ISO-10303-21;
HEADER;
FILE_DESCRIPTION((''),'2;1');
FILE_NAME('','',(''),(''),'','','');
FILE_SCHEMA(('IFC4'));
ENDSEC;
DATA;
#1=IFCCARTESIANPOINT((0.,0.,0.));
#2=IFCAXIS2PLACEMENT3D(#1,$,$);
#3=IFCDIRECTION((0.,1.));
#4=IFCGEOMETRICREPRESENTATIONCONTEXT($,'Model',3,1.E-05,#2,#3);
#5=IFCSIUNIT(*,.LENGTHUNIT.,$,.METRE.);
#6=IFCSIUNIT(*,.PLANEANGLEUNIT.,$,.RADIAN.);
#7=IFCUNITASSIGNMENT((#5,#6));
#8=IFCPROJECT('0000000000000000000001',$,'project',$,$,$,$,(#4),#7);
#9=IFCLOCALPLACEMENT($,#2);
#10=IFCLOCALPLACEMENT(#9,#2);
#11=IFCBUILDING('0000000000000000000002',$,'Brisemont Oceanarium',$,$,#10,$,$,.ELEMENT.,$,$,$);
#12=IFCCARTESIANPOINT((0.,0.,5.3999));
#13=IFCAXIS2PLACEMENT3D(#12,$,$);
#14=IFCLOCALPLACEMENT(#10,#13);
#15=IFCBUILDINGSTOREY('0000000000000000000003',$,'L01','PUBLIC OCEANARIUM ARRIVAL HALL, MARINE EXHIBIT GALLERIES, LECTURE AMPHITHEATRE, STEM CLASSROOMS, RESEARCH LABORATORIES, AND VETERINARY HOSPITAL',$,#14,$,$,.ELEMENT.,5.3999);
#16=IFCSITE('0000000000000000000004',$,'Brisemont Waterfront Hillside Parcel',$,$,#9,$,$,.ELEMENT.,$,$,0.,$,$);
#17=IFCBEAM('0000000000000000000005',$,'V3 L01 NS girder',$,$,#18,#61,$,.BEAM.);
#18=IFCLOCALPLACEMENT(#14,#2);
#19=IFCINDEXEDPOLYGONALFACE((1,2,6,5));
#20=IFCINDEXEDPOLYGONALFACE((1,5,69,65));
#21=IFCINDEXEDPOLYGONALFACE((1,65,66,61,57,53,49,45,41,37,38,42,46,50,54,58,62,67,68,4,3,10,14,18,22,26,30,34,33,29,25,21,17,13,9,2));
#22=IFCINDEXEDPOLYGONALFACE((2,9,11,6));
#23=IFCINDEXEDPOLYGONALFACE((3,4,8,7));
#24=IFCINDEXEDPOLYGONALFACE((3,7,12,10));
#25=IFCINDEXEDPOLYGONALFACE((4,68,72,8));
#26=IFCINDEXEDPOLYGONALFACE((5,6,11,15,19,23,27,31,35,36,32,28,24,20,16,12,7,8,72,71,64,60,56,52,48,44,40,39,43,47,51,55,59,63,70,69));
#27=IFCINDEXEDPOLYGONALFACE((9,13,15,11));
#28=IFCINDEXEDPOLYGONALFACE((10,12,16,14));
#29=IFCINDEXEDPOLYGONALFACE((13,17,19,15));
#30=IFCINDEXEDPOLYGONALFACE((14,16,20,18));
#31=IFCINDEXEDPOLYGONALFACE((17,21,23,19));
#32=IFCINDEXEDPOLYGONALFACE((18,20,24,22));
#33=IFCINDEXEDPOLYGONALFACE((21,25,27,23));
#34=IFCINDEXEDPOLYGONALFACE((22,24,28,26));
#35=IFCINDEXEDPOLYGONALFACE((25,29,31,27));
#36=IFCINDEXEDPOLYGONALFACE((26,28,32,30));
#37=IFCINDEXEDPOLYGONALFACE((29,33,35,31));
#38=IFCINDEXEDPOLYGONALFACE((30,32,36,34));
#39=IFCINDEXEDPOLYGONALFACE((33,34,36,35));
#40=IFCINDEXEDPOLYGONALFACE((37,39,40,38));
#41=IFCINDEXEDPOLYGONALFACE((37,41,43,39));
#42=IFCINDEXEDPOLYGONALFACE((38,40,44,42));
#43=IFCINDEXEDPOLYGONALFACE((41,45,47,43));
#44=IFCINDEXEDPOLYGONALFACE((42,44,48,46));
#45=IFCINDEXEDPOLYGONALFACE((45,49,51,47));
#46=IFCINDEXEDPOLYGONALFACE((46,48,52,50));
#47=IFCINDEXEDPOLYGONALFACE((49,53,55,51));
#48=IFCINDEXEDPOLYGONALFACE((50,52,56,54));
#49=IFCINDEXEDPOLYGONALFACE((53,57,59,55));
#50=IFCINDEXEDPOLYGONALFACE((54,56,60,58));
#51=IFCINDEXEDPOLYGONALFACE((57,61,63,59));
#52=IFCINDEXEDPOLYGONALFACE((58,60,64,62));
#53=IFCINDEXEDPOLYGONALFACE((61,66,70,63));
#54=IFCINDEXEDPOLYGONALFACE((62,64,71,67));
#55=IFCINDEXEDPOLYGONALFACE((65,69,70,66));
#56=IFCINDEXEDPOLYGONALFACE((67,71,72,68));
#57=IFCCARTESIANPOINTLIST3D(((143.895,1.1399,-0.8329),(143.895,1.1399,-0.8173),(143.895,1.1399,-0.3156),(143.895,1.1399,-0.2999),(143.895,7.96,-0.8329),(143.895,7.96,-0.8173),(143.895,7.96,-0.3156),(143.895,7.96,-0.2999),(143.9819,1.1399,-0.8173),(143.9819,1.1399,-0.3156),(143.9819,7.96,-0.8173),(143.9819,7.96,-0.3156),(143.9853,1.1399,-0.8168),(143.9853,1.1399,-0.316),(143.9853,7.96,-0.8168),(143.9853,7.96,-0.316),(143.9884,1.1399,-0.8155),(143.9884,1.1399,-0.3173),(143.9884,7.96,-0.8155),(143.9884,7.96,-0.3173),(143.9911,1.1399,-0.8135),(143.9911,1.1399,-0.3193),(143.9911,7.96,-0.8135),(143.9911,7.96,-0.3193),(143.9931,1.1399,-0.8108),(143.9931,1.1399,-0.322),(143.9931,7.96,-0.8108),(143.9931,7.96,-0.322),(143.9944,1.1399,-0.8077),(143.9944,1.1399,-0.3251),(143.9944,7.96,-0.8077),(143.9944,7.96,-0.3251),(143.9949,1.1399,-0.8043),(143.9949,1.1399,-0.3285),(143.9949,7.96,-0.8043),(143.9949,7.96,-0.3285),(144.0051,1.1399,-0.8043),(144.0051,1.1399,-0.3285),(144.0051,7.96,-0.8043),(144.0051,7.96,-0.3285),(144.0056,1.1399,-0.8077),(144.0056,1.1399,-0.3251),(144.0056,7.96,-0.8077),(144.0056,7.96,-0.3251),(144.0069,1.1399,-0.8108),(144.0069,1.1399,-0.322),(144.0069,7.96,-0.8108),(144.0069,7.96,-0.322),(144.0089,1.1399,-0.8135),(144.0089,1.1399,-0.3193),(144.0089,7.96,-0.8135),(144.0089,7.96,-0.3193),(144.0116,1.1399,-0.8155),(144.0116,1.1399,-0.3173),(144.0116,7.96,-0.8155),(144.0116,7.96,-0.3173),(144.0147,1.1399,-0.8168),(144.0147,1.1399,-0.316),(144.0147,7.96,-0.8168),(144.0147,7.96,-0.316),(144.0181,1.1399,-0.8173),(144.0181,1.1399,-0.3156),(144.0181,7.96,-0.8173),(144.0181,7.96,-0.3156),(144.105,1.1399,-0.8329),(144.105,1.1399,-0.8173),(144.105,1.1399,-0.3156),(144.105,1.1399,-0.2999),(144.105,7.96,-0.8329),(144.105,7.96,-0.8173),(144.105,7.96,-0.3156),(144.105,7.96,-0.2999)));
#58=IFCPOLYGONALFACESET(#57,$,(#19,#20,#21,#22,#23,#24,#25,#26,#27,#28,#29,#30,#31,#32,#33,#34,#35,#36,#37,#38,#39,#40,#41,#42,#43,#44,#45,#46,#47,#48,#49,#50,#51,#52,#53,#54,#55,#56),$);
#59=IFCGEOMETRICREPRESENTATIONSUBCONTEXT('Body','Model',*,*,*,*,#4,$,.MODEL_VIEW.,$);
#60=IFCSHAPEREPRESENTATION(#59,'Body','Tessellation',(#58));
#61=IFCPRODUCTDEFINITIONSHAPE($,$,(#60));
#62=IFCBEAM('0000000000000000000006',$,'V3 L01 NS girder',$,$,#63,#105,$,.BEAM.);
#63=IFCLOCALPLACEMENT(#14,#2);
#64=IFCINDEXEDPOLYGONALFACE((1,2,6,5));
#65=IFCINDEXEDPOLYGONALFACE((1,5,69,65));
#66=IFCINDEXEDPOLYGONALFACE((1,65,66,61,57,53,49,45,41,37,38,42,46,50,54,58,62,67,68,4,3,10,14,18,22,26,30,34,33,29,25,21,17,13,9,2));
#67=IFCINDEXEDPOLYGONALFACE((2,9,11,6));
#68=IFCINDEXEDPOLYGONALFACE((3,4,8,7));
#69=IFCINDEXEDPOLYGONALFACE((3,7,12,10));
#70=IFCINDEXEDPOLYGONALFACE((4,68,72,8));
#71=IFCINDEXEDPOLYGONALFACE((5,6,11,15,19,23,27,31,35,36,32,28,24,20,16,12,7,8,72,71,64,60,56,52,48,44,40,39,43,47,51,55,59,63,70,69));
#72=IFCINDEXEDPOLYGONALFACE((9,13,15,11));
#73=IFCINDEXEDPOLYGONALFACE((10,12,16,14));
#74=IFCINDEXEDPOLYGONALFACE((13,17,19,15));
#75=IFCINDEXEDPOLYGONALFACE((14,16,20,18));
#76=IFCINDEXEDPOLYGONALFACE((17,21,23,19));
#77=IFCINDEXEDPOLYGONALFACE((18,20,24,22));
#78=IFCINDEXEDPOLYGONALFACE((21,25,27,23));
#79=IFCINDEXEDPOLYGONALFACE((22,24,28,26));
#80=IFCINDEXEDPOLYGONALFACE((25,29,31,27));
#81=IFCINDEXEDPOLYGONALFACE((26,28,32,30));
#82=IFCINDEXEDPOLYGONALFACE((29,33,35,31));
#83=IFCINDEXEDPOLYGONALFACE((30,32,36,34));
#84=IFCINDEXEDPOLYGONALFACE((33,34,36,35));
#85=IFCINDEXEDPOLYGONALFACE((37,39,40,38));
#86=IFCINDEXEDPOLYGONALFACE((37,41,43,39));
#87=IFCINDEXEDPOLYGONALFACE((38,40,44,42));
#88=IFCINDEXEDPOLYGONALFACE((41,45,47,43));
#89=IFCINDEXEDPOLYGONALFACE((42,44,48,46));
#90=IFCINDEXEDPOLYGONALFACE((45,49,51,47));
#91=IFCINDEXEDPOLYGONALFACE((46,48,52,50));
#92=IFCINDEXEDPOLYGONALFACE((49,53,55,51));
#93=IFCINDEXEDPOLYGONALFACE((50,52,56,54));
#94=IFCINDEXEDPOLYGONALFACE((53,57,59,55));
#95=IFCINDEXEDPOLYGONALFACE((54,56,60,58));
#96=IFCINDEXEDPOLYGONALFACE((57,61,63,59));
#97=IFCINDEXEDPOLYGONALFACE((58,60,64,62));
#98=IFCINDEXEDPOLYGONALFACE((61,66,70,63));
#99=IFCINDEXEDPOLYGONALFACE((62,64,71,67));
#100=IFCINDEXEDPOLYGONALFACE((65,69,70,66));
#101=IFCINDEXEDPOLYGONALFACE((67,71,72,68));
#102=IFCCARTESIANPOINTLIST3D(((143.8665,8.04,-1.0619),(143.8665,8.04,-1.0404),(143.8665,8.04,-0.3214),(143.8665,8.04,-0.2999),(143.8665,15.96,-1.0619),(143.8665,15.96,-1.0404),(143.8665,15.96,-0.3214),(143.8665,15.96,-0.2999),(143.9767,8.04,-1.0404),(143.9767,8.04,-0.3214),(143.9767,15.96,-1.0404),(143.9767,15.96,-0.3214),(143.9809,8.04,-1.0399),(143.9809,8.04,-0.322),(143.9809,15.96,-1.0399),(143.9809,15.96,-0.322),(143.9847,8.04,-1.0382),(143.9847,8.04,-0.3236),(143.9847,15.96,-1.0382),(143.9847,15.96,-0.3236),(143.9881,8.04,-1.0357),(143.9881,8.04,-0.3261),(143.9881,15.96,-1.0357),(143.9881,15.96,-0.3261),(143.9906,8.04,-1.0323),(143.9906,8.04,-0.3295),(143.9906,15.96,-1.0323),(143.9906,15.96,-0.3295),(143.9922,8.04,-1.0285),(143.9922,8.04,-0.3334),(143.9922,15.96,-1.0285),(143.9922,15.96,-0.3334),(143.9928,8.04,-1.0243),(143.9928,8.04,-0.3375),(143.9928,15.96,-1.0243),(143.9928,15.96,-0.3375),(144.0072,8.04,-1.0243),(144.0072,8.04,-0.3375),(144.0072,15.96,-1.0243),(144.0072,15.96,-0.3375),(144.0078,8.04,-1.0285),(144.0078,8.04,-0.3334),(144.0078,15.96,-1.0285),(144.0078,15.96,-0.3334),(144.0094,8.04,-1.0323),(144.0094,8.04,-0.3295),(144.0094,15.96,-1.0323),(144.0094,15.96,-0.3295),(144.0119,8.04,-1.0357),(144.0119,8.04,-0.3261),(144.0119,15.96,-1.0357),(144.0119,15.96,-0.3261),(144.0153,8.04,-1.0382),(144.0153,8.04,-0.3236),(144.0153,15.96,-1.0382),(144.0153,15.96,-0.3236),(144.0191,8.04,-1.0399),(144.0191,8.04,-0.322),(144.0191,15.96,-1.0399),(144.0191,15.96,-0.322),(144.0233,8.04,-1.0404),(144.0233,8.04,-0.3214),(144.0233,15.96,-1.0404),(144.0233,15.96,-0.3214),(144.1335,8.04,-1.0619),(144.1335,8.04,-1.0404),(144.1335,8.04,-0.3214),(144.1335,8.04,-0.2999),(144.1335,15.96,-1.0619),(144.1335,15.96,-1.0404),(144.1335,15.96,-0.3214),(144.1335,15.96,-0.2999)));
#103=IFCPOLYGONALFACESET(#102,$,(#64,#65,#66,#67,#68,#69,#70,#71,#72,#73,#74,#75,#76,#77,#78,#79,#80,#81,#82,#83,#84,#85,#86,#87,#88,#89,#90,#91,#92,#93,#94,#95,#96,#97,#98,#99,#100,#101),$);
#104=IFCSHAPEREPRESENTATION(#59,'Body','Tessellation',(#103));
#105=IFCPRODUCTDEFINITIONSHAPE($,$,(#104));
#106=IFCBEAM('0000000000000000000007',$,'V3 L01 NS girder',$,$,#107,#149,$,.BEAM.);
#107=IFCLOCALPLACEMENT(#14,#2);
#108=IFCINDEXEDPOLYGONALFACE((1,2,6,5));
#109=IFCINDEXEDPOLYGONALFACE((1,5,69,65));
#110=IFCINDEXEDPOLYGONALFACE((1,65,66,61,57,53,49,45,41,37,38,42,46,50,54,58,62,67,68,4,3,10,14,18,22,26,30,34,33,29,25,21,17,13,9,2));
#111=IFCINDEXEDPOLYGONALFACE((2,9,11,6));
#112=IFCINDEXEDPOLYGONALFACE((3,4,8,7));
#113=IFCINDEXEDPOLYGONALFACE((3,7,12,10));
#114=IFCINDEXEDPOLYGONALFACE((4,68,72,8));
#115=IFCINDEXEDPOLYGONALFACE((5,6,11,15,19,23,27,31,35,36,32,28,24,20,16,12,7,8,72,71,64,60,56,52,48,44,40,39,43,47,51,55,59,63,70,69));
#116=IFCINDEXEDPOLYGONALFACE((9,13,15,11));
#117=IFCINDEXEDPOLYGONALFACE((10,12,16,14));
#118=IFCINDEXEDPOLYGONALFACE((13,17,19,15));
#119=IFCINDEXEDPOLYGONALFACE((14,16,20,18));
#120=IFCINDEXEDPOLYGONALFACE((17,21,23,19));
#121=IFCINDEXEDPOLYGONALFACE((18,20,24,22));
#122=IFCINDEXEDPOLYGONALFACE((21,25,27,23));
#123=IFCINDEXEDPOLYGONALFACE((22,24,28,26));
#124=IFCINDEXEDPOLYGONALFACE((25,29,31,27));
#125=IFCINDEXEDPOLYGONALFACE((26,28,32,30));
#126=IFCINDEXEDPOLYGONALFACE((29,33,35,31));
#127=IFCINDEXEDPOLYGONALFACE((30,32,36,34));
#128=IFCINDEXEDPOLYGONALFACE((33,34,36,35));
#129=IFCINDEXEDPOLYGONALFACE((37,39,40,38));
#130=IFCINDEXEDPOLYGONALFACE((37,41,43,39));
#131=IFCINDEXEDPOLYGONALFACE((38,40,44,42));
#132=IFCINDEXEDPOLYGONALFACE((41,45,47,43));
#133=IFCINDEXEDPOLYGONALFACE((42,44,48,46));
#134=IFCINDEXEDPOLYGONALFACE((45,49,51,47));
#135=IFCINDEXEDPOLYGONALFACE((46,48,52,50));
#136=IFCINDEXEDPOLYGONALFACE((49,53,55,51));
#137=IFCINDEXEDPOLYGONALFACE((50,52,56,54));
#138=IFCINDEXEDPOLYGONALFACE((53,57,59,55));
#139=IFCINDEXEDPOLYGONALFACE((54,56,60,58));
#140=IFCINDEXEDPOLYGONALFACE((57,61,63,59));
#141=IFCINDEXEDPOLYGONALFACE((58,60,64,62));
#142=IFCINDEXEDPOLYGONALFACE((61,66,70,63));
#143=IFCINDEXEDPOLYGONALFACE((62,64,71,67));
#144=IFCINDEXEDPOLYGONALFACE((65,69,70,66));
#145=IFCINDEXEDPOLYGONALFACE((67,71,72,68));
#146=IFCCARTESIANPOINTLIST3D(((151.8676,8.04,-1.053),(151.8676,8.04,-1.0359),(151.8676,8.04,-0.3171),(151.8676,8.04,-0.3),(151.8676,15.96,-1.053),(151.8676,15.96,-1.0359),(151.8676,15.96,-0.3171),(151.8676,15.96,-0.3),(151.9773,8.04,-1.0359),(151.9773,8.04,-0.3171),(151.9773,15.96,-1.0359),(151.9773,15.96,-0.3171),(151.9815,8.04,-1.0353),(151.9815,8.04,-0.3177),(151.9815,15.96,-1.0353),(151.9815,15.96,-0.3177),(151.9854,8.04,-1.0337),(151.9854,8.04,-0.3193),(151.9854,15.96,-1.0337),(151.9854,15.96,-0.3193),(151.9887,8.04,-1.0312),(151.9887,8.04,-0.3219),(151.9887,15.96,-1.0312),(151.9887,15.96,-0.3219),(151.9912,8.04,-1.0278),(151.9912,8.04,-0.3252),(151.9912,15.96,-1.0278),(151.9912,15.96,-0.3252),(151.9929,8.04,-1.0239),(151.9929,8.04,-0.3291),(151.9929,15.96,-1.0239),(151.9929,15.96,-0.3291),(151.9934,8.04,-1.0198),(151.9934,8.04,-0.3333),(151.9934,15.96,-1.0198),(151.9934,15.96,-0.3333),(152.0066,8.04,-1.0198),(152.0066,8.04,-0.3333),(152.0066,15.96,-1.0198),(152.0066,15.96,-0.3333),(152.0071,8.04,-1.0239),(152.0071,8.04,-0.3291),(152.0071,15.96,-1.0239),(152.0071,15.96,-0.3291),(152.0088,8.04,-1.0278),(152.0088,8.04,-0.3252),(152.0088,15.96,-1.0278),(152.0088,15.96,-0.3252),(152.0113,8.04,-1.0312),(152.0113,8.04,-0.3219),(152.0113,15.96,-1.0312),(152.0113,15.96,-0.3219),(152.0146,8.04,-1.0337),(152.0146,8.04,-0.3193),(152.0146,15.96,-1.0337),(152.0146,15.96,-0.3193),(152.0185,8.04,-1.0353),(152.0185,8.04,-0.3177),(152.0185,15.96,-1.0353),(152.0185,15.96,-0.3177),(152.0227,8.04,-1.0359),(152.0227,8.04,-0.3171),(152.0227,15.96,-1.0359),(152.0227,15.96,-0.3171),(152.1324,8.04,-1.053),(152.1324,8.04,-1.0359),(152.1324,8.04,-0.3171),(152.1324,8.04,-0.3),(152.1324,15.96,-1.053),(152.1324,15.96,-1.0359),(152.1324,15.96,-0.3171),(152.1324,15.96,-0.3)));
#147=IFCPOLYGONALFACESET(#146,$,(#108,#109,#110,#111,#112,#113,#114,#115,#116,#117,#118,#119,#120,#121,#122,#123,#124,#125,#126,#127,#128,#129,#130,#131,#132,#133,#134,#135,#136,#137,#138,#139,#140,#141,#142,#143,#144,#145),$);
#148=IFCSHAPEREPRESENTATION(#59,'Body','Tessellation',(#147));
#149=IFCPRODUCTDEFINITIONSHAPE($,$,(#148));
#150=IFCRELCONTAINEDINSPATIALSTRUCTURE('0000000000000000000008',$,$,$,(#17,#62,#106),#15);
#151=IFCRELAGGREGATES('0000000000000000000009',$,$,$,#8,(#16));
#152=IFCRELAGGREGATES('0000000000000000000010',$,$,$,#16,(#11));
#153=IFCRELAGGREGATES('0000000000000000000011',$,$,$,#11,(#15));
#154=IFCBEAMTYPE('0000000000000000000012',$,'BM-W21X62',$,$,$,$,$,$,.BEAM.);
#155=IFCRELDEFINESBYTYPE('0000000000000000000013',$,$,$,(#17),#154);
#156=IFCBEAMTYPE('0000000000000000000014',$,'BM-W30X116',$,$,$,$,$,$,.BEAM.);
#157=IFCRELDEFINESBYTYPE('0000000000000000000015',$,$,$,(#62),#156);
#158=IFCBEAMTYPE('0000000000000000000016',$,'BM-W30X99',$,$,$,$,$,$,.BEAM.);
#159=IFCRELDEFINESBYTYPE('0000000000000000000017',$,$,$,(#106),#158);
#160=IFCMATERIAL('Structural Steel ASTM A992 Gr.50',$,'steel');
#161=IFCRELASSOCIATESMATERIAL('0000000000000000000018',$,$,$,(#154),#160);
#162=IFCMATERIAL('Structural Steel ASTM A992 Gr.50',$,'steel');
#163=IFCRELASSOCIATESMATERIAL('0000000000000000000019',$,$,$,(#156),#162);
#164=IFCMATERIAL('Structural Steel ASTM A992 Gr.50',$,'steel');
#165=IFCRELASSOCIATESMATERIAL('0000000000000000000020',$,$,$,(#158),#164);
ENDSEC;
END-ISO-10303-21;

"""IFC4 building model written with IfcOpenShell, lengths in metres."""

from ifc_helpers import new_model, si_unit, direction, frame, origin, origin_2d, place, context, subcontext, project, spatial, i_section, extrude, material, material_profile, profile_set, type_object, element, save


model = new_model("IFC4")

# Units and contexts
model_context = context("Model", 3, precision=1e-05, world=origin(), true_north=direction((0.0, 1.0)))
body_context = subcontext(model_context, "Body", "Model", "MODEL_VIEW")
ifc_project = project(units=[si_unit("LENGTHUNIT", "METRE"), si_unit("PLANEANGLEUNIT", "RADIAN")], contexts=[model_context])

# Site, building, storey
site_placement = place(None, origin())
site = spatial("IfcSite", under=ifc_project, at=site_placement, Name="Brisemont Waterfront Hillside Parcel", CompositionType="ELEMENT", RefElevation=0.0)
building_placement = place(site_placement, origin())
building = spatial("IfcBuilding", under=site, at=building_placement, Name="Brisemont Oceanarium", CompositionType="ELEMENT")
storey_placement = place(building_placement, frame((0.0, 0.0, 5.3999)))
storey = spatial("IfcBuildingStorey", under=building, at=storey_placement, Name="L01", Description="PUBLIC OCEANARIUM ARRIVAL HALL, MARINE EXHIBIT GALLERIES, LECTURE AMPHITHEATRE, STEM CLASSROOMS, RESEARCH LABORATORIES, AND VETERINARY HOSPITAL", CompositionType="ELEMENT", Elevation=5.3999)

# Beams
ifc_material_1 = material(Name="Structural Steel ASTM A992 Gr.50", Category="steel")
ifc_material_profile_1 = material_profile(ifc_material_1, i_section(OverallWidth=0.21, OverallDepth=0.533, WebThickness=0.0103, FlangeThickness=0.0156, FilletRadius=0.0129, at=origin_2d()), Name="W21X62")
ifc_profile_set_1 = profile_set([ifc_material_profile_1], Name="Structural Steel ASTM A992 Gr.50")
beam_type_1 = type_object("IfcBeamType", Name="BM-W21X62", PredefinedType="BEAM", material=ifc_profile_set_1)
beam_1_placement = place(storey_placement, frame((144.0, 1.1399, -0.5664), z_axis=(0.0, 1.0, 0.0), x_axis=(-1.0, 0.0, 0.0)))
element("IfcBeam", 1, at=beam_1_placement, inside=storey, type_object=beam_type_1, Name="V3 L01 NS girder", PredefinedType="BEAM", context=body_context, shape_type="SweptSolid", body=[
    extrude(i_section(OverallWidth=0.21, OverallDepth=0.533, WebThickness=0.0103, FlangeThickness=0.0156, FilletRadius=0.0129, at=origin_2d()), origin(), (0.0, 0.0, 1.0), 6.8201),
])
ifc_material_2 = material(Name="Structural Steel ASTM A992 Gr.50", Category="steel")
ifc_material_profile_2 = material_profile(ifc_material_2, i_section(OverallWidth=0.2671, OverallDepth=0.762, WebThickness=0.0144, FlangeThickness=0.0215, FilletRadius=0.0161, at=origin_2d()), Name="W30X116")
ifc_profile_set_2 = profile_set([ifc_material_profile_2], Name="Structural Steel ASTM A992 Gr.50")
beam_type_2 = type_object("IfcBeamType", Name="BM-W30X116", PredefinedType="BEAM", material=ifc_profile_set_2)
beam_2_placement = place(storey_placement, frame((144.0, 8.04, -0.6809), z_axis=(0.0, 1.0, 0.0), x_axis=(-1.0, 0.0, 0.0)))
element("IfcBeam", 2, at=beam_2_placement, inside=storey, type_object=beam_type_2, Name="V3 L01 NS girder", PredefinedType="BEAM", context=body_context, shape_type="SweptSolid", body=[
    extrude(i_section(OverallWidth=0.2671, OverallDepth=0.762, WebThickness=0.0144, FlangeThickness=0.0215, FilletRadius=0.0161, at=origin_2d()), origin(), (0.0, 0.0, 1.0), 7.9199),
])
ifc_material_3 = material(Name="Structural Steel ASTM A992 Gr.50", Category="steel")
ifc_material_profile_3 = material_profile(ifc_material_3, i_section(OverallWidth=0.2649, OverallDepth=0.7529, WebThickness=0.0132, FlangeThickness=0.0171, FilletRadius=0.0161, at=origin_2d()), Name="W30X99")
ifc_profile_set_3 = profile_set([ifc_material_profile_3], Name="Structural Steel ASTM A992 Gr.50")
beam_type_3 = type_object("IfcBeamType", Name="BM-W30X99", PredefinedType="BEAM", material=ifc_profile_set_3)
beam_3_placement = place(storey_placement, frame((152.0, 8.04, -0.6765), z_axis=(0.0, 1.0, 0.0), x_axis=(-1.0, 0.0, 0.0)))
element("IfcBeam", 3, at=beam_3_placement, inside=storey, type_object=beam_type_3, Name="V3 L01 NS girder", PredefinedType="BEAM", context=body_context, shape_type="SweptSolid", body=[
    extrude(i_section(OverallWidth=0.2649, OverallDepth=0.7529, WebThickness=0.0132, FlangeThickness=0.0171, FilletRadius=0.0161, at=origin_2d()), origin(), (0.0, 0.0, 1.0), 7.9199),
])

save(model, "model.ifc")
